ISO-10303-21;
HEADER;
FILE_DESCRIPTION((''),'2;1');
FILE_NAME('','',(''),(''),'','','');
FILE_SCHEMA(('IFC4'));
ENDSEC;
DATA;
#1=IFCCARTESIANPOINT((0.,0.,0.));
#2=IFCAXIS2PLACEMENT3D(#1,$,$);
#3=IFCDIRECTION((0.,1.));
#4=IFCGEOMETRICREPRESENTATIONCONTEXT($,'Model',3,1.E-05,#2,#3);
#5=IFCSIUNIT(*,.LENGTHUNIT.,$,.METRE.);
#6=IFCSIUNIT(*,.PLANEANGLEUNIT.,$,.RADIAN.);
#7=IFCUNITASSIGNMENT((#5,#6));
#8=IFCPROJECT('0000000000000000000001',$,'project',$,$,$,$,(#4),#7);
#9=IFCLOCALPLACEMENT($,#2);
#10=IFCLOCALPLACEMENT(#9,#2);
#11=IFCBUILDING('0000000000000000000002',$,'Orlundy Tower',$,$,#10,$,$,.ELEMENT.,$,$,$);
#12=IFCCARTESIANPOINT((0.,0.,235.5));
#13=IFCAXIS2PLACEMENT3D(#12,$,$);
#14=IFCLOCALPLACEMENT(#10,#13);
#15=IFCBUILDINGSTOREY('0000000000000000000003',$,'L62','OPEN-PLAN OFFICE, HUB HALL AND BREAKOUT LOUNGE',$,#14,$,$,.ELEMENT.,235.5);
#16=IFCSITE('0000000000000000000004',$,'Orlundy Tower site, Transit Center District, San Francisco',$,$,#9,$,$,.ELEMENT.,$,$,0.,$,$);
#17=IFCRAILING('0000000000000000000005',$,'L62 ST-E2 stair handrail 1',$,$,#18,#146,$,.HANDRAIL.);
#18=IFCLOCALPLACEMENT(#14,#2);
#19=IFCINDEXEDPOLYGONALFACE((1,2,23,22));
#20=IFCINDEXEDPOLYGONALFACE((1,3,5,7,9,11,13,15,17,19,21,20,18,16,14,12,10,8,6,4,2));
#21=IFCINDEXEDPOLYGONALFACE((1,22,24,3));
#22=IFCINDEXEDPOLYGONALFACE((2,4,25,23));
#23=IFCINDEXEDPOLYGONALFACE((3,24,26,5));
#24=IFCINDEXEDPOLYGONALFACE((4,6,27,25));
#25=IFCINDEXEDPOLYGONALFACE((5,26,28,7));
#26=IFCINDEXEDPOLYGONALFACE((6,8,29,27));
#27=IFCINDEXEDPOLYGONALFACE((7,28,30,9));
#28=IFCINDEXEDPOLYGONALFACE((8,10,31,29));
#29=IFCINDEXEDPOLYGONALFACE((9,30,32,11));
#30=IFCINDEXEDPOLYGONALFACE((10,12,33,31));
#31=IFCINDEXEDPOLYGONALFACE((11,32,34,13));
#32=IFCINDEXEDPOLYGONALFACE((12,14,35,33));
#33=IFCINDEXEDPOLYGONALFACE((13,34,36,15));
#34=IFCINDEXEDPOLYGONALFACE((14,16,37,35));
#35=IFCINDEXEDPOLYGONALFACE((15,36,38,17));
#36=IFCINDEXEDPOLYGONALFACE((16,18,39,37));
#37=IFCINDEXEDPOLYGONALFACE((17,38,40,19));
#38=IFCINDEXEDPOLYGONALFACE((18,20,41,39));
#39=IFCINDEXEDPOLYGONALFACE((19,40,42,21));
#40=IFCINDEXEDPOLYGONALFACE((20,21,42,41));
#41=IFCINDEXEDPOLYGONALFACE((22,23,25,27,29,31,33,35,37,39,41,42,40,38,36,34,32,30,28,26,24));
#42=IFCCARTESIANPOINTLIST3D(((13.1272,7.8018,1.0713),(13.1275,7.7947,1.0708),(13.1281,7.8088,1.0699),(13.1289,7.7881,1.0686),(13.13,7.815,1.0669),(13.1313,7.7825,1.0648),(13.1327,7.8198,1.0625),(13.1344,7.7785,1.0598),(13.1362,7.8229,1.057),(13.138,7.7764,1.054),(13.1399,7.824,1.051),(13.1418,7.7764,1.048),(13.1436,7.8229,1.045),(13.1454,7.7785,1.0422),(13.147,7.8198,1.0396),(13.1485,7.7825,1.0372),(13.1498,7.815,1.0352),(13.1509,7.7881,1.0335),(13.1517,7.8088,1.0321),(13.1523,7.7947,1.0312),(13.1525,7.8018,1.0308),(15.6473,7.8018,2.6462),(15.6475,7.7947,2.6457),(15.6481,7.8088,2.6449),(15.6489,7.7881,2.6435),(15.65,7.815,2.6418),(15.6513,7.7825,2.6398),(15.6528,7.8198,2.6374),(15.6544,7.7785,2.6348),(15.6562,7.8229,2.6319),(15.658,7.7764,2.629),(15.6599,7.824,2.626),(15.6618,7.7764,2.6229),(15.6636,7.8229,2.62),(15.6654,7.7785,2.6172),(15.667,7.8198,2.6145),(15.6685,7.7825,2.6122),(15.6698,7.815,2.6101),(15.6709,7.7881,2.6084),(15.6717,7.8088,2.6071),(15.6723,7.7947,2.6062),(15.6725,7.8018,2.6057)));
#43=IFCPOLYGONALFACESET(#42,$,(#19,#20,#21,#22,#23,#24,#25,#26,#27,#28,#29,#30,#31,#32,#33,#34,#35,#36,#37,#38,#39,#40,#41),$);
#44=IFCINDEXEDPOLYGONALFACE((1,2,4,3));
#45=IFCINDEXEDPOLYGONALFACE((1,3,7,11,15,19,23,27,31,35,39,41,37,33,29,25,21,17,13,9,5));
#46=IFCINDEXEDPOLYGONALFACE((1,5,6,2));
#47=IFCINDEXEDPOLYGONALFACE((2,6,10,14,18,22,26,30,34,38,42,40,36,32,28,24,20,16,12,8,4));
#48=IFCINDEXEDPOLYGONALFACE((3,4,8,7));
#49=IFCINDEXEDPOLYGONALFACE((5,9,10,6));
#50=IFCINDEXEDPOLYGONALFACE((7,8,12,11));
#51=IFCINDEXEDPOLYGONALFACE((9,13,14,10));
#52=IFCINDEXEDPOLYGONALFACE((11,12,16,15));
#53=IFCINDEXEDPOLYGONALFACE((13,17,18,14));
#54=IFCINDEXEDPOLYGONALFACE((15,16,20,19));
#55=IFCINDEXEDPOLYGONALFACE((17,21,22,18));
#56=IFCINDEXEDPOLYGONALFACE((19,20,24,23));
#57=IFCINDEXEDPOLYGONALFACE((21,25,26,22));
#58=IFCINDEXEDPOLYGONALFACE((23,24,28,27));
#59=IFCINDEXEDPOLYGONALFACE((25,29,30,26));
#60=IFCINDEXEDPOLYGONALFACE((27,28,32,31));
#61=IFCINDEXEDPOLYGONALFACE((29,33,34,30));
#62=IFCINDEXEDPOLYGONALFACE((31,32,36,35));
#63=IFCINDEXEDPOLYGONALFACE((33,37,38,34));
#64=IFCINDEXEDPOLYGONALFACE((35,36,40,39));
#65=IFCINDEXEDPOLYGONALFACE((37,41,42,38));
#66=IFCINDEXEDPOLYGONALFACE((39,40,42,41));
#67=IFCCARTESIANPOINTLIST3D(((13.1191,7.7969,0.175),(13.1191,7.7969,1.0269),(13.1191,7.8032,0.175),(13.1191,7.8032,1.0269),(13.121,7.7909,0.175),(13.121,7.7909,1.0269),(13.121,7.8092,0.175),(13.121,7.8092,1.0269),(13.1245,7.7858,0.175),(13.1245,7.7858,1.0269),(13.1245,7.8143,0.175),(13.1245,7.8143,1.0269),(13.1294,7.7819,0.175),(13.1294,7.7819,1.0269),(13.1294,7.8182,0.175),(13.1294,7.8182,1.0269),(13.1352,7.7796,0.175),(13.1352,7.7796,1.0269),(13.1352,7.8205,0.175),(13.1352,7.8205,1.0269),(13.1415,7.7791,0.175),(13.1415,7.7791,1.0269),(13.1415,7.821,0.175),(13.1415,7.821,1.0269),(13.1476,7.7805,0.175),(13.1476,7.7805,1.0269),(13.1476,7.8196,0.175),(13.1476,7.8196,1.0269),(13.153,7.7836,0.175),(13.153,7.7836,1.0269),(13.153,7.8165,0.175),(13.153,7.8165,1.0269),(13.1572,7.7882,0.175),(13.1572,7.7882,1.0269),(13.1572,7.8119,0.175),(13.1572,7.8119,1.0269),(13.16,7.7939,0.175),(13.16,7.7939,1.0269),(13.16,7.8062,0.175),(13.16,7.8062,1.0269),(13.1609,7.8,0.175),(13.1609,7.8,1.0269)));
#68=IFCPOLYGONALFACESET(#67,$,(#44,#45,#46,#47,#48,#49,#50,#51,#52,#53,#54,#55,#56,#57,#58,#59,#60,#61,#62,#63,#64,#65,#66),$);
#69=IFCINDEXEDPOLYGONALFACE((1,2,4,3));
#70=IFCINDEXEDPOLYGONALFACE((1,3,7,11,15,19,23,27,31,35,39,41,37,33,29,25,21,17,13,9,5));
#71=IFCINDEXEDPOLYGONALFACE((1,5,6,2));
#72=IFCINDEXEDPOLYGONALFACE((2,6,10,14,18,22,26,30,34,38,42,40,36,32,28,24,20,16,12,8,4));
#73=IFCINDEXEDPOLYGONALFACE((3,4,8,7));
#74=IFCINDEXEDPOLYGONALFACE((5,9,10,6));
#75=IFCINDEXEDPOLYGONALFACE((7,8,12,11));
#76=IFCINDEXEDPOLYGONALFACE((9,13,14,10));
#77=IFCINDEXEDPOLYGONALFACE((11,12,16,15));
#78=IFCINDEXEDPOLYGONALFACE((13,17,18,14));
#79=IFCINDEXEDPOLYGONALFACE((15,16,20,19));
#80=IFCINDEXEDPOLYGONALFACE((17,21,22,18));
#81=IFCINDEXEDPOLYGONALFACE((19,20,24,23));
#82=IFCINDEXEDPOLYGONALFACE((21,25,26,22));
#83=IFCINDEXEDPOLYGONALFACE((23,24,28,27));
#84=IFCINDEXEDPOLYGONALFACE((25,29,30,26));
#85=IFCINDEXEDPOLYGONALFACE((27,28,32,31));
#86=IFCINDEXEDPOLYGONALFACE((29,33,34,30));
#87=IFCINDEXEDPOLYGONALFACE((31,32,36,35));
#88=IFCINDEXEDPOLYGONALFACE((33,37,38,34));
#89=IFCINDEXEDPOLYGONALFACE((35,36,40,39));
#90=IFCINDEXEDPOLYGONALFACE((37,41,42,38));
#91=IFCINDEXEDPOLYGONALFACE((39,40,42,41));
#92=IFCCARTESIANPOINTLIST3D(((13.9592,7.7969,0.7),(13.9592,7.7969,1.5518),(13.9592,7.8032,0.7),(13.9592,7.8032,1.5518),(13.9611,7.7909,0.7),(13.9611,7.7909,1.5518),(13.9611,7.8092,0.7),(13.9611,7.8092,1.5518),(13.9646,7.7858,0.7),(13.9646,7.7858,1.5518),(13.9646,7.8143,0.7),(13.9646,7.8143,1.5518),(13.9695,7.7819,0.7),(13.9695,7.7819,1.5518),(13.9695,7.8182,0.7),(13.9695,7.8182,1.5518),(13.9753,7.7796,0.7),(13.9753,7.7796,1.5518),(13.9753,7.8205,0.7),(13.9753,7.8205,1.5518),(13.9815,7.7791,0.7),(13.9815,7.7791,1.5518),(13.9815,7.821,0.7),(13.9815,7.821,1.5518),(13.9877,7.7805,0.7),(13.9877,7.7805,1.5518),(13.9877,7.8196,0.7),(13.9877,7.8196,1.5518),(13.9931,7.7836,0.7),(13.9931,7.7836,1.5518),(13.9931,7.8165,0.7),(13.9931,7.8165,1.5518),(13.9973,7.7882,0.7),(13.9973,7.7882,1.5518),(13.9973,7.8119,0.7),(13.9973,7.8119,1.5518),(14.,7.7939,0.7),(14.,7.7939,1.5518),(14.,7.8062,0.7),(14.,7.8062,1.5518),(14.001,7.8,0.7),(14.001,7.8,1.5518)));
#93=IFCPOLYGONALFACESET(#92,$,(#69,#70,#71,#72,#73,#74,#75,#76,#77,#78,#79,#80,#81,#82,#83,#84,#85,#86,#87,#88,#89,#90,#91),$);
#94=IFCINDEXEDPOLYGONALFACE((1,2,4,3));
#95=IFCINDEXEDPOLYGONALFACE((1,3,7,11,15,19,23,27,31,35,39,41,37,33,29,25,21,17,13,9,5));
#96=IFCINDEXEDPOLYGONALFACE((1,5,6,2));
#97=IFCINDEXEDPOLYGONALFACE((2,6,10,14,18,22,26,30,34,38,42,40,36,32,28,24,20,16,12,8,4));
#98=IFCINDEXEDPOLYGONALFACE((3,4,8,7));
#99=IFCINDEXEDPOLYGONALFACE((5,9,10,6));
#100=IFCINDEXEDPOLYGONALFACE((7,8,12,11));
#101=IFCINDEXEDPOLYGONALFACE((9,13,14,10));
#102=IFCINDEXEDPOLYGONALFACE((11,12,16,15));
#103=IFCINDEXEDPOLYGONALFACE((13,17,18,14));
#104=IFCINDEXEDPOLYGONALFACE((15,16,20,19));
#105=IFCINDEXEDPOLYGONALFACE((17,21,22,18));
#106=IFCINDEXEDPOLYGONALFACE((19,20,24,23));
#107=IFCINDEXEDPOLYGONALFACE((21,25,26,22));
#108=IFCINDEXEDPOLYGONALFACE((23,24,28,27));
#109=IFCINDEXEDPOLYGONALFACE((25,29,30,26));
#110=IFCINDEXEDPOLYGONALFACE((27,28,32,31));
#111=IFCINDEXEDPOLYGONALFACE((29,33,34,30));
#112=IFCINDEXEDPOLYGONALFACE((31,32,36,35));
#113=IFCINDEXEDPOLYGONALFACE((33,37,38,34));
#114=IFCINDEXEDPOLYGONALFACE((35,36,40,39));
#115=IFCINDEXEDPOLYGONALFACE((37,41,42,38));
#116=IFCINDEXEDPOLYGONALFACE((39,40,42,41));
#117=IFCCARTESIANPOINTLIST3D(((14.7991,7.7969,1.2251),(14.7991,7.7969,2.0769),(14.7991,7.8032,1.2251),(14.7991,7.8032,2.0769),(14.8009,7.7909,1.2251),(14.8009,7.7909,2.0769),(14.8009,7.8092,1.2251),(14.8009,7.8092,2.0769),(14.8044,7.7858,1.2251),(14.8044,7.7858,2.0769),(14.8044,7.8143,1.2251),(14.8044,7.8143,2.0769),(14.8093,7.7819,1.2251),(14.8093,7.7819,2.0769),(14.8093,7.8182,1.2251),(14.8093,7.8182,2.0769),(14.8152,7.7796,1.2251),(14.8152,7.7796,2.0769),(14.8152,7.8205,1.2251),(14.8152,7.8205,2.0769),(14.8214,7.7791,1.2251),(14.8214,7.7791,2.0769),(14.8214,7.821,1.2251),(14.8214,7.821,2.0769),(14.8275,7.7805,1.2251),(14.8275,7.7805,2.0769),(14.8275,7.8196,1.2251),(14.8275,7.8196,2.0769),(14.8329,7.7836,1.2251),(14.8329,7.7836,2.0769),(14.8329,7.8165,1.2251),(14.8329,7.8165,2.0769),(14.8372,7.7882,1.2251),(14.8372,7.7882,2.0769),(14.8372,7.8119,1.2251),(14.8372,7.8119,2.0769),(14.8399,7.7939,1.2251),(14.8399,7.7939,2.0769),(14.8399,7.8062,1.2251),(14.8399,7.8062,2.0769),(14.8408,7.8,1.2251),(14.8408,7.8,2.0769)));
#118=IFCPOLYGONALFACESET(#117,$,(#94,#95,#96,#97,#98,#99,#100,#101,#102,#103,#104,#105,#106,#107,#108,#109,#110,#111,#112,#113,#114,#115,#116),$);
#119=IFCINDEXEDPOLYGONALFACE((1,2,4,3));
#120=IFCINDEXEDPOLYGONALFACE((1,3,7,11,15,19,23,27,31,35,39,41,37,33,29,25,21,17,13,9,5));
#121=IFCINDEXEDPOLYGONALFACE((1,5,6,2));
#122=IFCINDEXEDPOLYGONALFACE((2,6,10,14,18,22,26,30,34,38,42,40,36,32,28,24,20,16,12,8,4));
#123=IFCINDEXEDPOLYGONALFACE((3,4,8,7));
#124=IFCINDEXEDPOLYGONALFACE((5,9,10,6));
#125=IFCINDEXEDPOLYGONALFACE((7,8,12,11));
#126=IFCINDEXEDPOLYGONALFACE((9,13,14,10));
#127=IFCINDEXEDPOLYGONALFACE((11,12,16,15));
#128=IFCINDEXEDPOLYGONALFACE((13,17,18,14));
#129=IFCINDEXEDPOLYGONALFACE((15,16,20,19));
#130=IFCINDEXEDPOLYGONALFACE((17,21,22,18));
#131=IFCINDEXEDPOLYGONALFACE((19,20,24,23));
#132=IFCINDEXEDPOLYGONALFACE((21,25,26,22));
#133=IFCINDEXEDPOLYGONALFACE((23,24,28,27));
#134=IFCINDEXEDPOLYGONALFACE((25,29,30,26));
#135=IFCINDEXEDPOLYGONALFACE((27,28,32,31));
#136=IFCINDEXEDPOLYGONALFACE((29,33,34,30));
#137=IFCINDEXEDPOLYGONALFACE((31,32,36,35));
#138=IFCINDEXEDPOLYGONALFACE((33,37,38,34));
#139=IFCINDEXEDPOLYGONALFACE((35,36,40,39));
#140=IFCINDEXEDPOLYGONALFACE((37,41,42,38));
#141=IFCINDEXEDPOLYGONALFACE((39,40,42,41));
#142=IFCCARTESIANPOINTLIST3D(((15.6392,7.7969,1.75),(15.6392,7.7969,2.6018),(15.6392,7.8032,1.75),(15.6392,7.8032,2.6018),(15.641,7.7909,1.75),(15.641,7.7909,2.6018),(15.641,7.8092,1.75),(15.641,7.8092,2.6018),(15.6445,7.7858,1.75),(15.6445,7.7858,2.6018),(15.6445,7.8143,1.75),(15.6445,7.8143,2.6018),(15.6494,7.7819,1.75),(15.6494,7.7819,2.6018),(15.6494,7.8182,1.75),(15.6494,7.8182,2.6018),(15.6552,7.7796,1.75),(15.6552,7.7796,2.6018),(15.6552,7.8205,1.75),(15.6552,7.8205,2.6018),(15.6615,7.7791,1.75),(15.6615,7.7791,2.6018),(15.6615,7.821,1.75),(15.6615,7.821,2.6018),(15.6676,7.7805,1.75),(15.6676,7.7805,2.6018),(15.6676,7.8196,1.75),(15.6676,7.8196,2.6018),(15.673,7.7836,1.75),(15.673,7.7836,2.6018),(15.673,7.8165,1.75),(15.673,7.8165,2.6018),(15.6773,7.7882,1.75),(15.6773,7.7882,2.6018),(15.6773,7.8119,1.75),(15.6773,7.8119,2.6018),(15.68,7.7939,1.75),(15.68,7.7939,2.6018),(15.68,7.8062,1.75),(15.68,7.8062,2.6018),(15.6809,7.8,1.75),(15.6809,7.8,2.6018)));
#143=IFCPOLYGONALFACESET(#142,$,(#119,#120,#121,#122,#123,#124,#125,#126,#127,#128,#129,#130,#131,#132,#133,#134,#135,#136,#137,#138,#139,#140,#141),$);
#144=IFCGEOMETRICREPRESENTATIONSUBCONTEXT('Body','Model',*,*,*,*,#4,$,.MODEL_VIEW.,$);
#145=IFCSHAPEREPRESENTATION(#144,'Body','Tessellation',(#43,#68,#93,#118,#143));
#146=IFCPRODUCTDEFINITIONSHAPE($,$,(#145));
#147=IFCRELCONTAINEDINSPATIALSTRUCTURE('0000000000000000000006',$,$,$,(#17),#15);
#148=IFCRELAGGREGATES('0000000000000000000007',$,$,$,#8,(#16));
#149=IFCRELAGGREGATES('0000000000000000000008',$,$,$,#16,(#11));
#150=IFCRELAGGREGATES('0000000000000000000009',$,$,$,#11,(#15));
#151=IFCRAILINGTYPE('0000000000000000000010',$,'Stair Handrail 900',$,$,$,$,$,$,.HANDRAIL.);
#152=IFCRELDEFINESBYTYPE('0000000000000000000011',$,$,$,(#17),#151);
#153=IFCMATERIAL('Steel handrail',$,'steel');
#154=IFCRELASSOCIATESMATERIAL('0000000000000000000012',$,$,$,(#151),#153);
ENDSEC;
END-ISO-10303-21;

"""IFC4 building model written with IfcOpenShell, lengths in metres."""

from ifc_helpers import new_model, si_unit, direction, frame, origin, origin_2d, place, context, subcontext, project, spatial, circle, extrude, material, type_object, element, save


model = new_model("IFC4")

# Units and contexts
model_context = context("Model", 3, precision=1e-05, world=origin(), true_north=direction((0.0, 1.0)))
body_context = subcontext(model_context, "Body", "Model", "MODEL_VIEW")
ifc_project = project(units=[si_unit("LENGTHUNIT", "METRE"), si_unit("PLANEANGLEUNIT", "RADIAN")], contexts=[model_context])

# Site, building, storey
site_placement = place(None, origin())
site = spatial("IfcSite", under=ifc_project, at=site_placement, Name="Orlundy Tower site, Transit Center District, San Francisco", CompositionType="ELEMENT", RefElevation=0.0)
building_placement = place(site_placement, origin())
building = spatial("IfcBuilding", under=site, at=building_placement, Name="Orlundy Tower", CompositionType="ELEMENT")
storey_placement = place(building_placement, frame((0.0, 0.0, 235.5)))
storey = spatial("IfcBuildingStorey", under=building, at=storey_placement, Name="L62", Description="OPEN-PLAN OFFICE, HUB HALL AND BREAKOUT LOUNGE", CompositionType="ELEMENT", Elevation=235.5)

# Railing
ifc_material_1 = material(Name="Steel handrail", Category="steel")
railing_type_1 = type_object("IfcRailingType", Name="Stair Handrail 900", PredefinedType="HANDRAIL", material=ifc_material_1)
railing_1_placement = place(storey_placement, frame((13.1399, 7.8, 0.175)))
element("IfcRailing", 1, at=railing_1_placement, inside=storey, type_object=railing_type_1, Name="L62 ST-E2 stair handrail 1", PredefinedType="HANDRAIL", context=body_context, shape_type="SweptSolid", body=[
    extrude(circle(Radius=0.0239, at=origin_2d()), frame((0.0, 0.0, 0.876), z_axis=(0.848008, 0.0, 0.529984), x_axis=(0.0, 1.0, 0.0)), (0.0, 0.0, 1.0), 2.9717),
    extrude(circle(Radius=0.021, at=origin_2d()), origin(), (0.0, 0.0, 1.0), 0.8518),
    extrude(circle(Radius=0.021, at=origin_2d()), frame((0.8401, 0.0, 0.5249)), (0.0, 0.0, 1.0), 0.8518),
    extrude(circle(Radius=0.021, at=origin_2d()), frame((1.6799, 0.0, 1.05)), (0.0, 0.0, 1.0), 0.8518),
    extrude(circle(Radius=0.021, at=origin_2d()), frame((2.52, 0.0, 1.575)), (0.0, 0.0, 1.0), 0.8518),
])

save(model, "model.ifc")
